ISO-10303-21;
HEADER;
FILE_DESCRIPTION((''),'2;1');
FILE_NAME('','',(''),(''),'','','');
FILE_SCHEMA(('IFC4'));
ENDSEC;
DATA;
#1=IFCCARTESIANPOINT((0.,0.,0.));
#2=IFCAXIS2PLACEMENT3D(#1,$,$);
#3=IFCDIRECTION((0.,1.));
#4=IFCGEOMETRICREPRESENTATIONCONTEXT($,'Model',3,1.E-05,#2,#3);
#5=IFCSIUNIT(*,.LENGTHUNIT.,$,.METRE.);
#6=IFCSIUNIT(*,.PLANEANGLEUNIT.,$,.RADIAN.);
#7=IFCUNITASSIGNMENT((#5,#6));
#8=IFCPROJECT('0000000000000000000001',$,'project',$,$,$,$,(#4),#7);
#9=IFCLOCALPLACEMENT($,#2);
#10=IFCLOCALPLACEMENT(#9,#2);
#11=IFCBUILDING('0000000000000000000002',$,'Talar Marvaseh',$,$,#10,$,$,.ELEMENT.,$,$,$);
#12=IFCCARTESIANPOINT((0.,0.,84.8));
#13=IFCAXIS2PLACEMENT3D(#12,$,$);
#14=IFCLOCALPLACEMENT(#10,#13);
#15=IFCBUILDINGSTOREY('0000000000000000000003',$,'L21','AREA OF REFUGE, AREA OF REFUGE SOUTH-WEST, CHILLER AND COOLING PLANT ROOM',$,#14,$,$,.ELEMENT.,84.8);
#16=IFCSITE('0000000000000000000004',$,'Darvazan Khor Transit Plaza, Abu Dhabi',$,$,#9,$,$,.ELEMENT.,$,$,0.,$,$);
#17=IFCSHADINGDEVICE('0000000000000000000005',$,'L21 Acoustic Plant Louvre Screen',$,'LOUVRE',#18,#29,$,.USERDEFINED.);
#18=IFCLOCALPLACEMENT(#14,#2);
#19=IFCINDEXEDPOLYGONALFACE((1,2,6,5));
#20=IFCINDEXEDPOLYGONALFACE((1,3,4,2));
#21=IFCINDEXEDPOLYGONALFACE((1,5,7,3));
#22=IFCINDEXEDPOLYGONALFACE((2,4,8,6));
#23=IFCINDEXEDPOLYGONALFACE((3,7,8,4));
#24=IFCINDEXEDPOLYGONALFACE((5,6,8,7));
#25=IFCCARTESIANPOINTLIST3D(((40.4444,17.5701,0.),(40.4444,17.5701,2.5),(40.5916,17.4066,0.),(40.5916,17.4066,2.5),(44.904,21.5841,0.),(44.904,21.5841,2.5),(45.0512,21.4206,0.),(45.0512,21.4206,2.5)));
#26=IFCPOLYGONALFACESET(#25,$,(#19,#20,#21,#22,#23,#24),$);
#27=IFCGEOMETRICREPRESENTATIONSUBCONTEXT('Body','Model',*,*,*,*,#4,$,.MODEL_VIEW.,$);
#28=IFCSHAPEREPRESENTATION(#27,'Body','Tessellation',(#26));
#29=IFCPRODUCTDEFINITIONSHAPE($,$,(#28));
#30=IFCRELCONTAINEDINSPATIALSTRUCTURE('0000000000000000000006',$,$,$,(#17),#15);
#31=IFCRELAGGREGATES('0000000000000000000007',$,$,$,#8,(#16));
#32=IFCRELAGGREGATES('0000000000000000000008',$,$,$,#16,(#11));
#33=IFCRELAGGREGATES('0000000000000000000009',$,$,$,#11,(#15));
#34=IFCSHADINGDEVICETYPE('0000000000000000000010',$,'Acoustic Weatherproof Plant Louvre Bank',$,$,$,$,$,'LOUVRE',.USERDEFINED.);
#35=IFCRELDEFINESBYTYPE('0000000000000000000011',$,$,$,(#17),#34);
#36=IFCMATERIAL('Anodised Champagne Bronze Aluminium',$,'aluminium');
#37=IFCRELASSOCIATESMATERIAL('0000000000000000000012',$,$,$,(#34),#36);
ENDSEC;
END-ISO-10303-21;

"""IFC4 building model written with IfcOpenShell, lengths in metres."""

from ifc_helpers import new_model, si_unit, direction, frame, origin, origin_2d, place, context, subcontext, project, spatial, rectangle, extrude, source, transform, mapped, material, type_object, type_shapes, element, save


model = new_model("IFC4")

# Units and contexts
model_context = context("Model", 3, precision=1e-05, world=origin(), true_north=direction((0.0, 1.0)))
body_context = subcontext(model_context, "Body", "Model", "MODEL_VIEW")
ifc_project = project(units=[si_unit("LENGTHUNIT", "METRE"), si_unit("PLANEANGLEUNIT", "RADIAN")], contexts=[model_context])

# Site, building, storey
site_placement = place(None, origin())
site = spatial("IfcSite", under=ifc_project, at=site_placement, Name="Darvazan Khor Transit Plaza, Abu Dhabi", CompositionType="ELEMENT", RefElevation=0.0)
building_placement = place(site_placement, origin())
building = spatial("IfcBuilding", under=site, at=building_placement, Name="Talar Marvaseh", CompositionType="ELEMENT")
storey_placement = place(building_placement, frame((0.0, 0.0, 84.8)))
storey = spatial("IfcBuildingStorey", under=building, at=storey_placement, Name="L21", Description="AREA OF REFUGE, AREA OF REFUGE SOUTH-WEST, CHILLER AND COOLING PLANT ROOM", CompositionType="ELEMENT", Elevation=84.8)

# Shading device
ifc_material_1 = material(Name="Anodised Champagne Bronze Aluminium", Category="aluminium")
shading_device_type = type_object("IfcShadingDeviceType", Name="Acoustic Weatherproof Plant Louvre Bank", ElementType="LOUVRE", PredefinedType="USERDEFINED", material=ifc_material_1)
shared_shape_1 = source(origin(), body_context, "Body", "SweptSolid", [
    extrude(rectangle(XDim=6.0, YDim=0.22, at=origin_2d()), origin(), (0.0, 0.0, 1.0), 2.5),
])
type_shapes(shading_device_type, [shared_shape_1])
shading_device_placement = place(storey_placement, frame((42.7478, 19.4954, 0.0), z_axis=(0.0, 0.0, 1.0), x_axis=(-0.743262, -0.669001, 0.0)))
element("IfcShadingDevice", 1, at=shading_device_placement, inside=storey, type_object=shading_device_type, Name="L21 Acoustic Plant Louvre Screen", ObjectType="LOUVRE", PredefinedType="USERDEFINED", context=body_context, shape_type="MappedRepresentation", body=[
    mapped(shared_shape_1, transform((0.0, 0.0, 0.0), x_axis=(1.0, 0.0, 0.0), y_axis=(0.0, 1.0, 0.0), z_axis=(0.0, 0.0, 1.0), scale=1.0)),
])

save(model, "model.ifc")
